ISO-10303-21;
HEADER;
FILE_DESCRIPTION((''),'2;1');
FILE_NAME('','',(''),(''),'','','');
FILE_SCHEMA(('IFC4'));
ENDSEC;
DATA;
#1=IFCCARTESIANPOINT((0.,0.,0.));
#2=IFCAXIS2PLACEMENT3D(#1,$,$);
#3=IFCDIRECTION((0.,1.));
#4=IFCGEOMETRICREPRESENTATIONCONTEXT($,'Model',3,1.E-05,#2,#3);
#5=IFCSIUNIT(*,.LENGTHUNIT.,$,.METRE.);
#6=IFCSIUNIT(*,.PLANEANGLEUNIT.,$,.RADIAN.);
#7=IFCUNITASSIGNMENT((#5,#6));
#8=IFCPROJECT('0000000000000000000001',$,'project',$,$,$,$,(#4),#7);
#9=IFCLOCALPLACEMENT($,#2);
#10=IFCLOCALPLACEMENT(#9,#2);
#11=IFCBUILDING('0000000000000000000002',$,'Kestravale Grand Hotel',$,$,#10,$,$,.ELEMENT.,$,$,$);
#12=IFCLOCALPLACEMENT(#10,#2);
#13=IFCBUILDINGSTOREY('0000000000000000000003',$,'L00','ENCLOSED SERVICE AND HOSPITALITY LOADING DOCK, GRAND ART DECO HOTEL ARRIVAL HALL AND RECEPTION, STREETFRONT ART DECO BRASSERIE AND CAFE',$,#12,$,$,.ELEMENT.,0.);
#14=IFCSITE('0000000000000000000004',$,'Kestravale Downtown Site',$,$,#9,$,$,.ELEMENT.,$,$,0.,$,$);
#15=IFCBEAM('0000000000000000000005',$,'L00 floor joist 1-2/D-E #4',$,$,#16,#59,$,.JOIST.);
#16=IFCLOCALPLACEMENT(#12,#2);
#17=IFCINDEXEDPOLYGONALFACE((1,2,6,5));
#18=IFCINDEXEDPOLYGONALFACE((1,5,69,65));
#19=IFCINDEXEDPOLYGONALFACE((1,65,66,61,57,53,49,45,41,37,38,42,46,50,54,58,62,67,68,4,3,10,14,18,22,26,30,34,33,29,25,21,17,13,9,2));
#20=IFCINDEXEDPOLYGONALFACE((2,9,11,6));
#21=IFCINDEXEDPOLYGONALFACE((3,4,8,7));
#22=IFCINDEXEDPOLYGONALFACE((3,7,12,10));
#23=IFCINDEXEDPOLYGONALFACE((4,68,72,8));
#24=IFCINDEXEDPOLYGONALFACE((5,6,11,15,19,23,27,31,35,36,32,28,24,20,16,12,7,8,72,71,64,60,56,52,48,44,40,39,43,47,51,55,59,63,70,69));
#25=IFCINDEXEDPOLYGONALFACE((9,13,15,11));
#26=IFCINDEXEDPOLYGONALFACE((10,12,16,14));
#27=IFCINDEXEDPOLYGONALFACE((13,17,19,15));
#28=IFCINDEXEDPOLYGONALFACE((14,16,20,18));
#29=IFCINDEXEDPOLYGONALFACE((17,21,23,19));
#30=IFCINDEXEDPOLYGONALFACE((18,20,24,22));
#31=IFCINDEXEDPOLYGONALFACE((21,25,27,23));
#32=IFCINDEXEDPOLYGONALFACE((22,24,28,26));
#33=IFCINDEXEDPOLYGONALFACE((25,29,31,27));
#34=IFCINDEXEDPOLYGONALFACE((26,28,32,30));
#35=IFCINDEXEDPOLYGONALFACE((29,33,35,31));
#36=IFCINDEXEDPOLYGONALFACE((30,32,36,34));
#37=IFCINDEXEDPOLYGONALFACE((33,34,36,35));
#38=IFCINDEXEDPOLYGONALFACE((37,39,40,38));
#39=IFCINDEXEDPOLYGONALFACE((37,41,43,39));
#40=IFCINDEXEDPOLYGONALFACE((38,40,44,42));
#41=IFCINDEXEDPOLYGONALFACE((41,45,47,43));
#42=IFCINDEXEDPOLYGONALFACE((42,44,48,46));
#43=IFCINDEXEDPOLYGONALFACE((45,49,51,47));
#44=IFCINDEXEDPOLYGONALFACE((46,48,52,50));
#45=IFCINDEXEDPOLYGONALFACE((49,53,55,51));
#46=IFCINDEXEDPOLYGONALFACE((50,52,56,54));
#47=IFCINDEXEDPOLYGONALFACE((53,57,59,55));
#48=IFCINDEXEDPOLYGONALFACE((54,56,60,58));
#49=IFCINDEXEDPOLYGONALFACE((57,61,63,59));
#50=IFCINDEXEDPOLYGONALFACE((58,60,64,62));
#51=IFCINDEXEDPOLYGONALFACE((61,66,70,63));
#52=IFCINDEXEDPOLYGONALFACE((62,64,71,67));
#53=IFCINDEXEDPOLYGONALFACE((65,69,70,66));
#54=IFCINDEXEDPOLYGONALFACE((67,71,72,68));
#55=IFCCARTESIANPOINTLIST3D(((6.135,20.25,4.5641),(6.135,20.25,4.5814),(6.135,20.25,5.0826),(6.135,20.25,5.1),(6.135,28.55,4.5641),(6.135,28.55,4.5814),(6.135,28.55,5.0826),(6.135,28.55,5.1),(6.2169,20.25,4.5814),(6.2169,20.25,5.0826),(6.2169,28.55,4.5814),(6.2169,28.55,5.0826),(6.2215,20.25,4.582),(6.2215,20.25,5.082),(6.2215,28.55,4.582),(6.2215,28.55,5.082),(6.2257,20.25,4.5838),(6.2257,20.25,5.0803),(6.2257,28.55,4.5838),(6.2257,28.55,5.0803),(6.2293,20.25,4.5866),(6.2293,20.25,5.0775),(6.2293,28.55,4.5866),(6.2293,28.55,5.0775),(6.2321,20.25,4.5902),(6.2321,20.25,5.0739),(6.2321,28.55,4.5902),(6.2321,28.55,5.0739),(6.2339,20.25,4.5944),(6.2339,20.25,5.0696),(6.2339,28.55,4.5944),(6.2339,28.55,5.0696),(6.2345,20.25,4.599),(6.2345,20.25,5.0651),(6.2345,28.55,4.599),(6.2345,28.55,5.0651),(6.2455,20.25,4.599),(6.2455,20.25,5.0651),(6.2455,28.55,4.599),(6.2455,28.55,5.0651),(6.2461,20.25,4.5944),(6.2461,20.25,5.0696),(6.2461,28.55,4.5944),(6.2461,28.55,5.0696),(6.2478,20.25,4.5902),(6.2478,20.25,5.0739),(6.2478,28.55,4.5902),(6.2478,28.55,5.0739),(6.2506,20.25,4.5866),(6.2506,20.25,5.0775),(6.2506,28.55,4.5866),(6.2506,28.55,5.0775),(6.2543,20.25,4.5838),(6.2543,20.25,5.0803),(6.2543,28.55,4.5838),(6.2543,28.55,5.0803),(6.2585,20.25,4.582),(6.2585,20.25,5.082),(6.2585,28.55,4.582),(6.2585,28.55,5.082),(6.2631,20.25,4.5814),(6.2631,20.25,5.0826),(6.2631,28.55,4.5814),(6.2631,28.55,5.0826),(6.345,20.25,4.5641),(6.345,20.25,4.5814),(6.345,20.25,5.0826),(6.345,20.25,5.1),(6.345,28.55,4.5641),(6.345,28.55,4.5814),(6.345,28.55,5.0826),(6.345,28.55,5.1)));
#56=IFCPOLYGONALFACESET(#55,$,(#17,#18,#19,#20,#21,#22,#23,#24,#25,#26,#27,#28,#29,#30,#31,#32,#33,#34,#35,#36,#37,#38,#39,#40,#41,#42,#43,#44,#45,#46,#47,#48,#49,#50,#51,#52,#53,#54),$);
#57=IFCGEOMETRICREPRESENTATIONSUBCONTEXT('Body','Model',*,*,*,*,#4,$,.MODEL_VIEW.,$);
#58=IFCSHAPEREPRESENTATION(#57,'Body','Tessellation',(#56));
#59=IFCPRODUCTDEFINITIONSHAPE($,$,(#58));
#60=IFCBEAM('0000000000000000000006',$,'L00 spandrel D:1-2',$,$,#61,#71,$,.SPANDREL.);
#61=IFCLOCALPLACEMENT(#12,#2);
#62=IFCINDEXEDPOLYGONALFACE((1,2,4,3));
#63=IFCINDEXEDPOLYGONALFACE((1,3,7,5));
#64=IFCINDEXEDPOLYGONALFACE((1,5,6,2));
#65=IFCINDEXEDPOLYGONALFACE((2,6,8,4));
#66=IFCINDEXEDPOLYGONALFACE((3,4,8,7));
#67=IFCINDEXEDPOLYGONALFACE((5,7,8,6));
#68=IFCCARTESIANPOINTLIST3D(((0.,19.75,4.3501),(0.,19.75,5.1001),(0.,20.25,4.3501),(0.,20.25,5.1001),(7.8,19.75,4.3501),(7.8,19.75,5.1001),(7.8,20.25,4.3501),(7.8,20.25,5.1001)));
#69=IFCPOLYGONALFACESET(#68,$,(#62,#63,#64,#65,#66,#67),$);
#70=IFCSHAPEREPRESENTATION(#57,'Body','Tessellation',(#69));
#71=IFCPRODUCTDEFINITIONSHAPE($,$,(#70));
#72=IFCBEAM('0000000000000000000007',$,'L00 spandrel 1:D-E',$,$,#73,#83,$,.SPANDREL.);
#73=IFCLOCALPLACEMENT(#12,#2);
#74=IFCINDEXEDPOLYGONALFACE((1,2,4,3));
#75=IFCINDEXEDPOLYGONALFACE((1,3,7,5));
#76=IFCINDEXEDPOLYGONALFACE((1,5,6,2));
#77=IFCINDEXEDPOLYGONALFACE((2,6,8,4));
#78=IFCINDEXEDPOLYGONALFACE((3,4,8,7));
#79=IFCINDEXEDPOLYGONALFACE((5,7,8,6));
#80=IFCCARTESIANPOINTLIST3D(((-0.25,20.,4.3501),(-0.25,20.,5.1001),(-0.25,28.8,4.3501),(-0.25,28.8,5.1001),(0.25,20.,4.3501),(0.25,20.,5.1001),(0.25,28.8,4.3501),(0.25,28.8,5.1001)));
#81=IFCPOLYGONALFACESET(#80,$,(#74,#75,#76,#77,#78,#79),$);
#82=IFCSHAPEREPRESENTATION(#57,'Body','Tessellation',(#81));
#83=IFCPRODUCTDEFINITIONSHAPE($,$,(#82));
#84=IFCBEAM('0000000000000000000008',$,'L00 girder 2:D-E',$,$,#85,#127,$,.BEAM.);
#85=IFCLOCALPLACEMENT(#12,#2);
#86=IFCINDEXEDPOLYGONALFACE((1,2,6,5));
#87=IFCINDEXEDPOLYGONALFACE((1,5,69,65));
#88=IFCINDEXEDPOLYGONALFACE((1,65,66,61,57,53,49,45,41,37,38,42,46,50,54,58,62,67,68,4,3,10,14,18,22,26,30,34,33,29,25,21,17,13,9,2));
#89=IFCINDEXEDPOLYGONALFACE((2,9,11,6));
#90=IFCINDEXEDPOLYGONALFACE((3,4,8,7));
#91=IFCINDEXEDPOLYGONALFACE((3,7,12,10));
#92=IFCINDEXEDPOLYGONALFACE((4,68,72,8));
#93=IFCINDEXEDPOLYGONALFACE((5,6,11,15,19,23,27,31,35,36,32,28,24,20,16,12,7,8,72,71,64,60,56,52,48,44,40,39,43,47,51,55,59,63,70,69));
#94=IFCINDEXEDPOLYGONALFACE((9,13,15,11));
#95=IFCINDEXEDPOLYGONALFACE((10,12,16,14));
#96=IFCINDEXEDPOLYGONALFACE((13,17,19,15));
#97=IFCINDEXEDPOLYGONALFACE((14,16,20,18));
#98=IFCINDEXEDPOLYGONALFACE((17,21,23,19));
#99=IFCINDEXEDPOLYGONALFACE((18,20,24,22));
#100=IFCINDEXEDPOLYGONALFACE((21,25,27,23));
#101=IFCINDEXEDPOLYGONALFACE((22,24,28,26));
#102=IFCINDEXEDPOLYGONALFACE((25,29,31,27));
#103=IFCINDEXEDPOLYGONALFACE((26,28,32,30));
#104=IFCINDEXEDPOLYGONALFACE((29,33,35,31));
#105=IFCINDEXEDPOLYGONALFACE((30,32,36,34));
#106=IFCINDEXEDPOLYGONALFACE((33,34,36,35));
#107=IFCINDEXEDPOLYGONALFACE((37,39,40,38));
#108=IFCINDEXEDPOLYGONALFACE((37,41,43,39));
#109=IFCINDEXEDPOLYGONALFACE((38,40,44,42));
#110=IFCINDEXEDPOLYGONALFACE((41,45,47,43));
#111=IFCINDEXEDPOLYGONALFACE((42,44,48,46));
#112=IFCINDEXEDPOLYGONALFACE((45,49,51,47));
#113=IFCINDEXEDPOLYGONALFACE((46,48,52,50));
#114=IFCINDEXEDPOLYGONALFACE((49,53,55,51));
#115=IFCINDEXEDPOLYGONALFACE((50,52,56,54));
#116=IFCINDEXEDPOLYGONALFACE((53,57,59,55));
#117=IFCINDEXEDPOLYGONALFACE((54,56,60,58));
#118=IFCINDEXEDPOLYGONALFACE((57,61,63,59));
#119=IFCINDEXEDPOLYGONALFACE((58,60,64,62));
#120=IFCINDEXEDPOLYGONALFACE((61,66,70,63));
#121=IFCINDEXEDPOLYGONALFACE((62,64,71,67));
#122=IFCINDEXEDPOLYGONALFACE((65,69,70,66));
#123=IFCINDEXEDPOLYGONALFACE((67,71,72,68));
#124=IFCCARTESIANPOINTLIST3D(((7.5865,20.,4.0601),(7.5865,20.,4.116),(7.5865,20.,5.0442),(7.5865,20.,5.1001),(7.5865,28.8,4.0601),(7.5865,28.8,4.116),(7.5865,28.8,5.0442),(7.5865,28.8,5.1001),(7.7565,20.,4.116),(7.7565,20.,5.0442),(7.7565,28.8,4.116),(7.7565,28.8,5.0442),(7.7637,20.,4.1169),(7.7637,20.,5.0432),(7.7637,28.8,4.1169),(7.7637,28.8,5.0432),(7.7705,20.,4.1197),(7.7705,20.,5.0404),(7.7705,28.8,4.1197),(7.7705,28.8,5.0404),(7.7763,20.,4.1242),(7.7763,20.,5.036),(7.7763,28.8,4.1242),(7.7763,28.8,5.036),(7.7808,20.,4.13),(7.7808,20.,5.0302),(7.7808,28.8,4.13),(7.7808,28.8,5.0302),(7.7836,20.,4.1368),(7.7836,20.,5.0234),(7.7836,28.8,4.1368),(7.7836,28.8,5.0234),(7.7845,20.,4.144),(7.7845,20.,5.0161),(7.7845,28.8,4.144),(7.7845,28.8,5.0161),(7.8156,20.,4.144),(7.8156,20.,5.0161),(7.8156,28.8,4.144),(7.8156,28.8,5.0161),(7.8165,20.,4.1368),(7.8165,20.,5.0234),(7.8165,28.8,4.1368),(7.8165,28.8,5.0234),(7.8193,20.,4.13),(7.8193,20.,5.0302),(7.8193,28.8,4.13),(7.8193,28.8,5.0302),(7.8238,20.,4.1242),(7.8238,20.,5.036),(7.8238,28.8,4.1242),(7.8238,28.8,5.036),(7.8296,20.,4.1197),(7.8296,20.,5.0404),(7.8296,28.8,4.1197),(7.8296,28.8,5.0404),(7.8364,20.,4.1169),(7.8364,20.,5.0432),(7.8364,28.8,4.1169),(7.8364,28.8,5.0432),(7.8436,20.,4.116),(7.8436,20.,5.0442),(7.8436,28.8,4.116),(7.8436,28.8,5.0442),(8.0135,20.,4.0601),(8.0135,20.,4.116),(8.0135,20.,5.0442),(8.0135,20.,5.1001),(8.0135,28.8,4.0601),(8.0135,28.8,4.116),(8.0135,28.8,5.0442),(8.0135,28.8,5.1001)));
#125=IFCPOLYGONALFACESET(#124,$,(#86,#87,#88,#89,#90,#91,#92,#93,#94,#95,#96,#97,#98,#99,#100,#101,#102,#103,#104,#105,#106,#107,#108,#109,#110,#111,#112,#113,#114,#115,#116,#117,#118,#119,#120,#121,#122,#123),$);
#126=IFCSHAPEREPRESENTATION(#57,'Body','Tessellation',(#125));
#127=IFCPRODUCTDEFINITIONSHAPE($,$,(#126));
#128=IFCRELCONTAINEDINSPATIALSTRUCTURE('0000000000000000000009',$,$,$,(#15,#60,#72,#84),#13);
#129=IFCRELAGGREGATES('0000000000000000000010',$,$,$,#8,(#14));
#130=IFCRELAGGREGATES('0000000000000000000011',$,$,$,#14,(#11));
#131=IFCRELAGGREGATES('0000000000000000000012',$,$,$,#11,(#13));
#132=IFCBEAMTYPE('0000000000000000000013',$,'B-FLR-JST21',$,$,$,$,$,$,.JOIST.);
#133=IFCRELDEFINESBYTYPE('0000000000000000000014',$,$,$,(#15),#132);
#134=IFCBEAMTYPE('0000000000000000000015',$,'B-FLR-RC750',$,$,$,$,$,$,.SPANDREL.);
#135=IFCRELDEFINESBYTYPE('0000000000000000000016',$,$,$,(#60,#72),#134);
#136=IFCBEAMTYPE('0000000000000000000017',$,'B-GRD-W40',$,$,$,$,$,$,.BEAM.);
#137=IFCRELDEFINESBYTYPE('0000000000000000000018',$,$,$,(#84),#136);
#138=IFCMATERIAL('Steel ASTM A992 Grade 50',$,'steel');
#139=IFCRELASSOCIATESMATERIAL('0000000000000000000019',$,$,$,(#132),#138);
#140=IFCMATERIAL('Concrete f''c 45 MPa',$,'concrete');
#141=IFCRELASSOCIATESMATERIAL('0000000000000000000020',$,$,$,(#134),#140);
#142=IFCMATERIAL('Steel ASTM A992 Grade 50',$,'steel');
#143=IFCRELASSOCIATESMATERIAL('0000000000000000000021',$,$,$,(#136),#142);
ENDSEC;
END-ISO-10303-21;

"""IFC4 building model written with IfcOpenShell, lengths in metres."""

from ifc_helpers import new_model, si_unit, direction, frame, origin, origin_2d, place, context, subcontext, project, spatial, rectangle, i_section, extrude, material, material_profile, profile_set, type_object, element, save


model = new_model("IFC4")

# Units and contexts
model_context = context("Model", 3, precision=1e-05, world=origin(), true_north=direction((0.0, 1.0)))
body_context = subcontext(model_context, "Body", "Model", "MODEL_VIEW")
ifc_project = project(units=[si_unit("LENGTHUNIT", "METRE"), si_unit("PLANEANGLEUNIT", "RADIAN")], contexts=[model_context])

# Site, building, storey
site_placement = place(None, origin())
site = spatial("IfcSite", under=ifc_project, at=site_placement, Name="Kestravale Downtown Site", CompositionType="ELEMENT", RefElevation=0.0)
building_placement = place(site_placement, origin())
building = spatial("IfcBuilding", under=site, at=building_placement, Name="Kestravale Grand Hotel", CompositionType="ELEMENT")
storey_placement = place(building_placement, origin())
storey = spatial("IfcBuildingStorey", under=building, at=storey_placement, Name="L00", Description="ENCLOSED SERVICE AND HOSPITALITY LOADING DOCK, GRAND ART DECO HOTEL ARRIVAL HALL AND RECEPTION, STREETFRONT ART DECO BRASSERIE AND CAFE", CompositionType="ELEMENT", Elevation=0.0)

# Beams
ifc_material_1 = material(Name="Steel ASTM A992 Grade 50", Category="steel")
ifc_material_profile_1 = material_profile(ifc_material_1, i_section(OverallWidth=0.21, OverallDepth=0.5359, WebThickness=0.011, FlangeThickness=0.0173, FilletRadius=0.0176, at=origin_2d()))
ifc_profile_set_1 = profile_set([ifc_material_profile_1], Name="Steel ASTM A992 Grade 50")
beam_type_1 = type_object("IfcBeamType", Name="B-FLR-JST21", PredefinedType="JOIST", material=ifc_profile_set_1)
for number, where, z_axis, x_axis, name in (
    (1, (6.24, 20.25, 4.832), (0.0, 1.0, 0.0), (-1.0, 0.0, 0.0), "L00 floor joist 1-2/D-E #4"),
):
    element("IfcBeam", number, at=place(storey_placement, frame(where, z_axis=z_axis, x_axis=x_axis)), inside=storey, type_object=beam_type_1, Name=name, PredefinedType="JOIST", context=body_context, shape_type="SweptSolid", body=[
        extrude(i_section(OverallWidth=0.21, OverallDepth=0.5359, WebThickness=0.011, FlangeThickness=0.0173, FilletRadius=0.0176, at=origin_2d()), origin(), (0.0, 0.0, 1.0), 8.3),
    ])
ifc_material_2 = material(Name="Concrete f'c 45 MPa", Category="concrete")
ifc_material_profile_2 = material_profile(ifc_material_2, rectangle(XDim=0.5, YDim=0.75, at=origin_2d()))
ifc_profile_set_2 = profile_set([ifc_material_profile_2], Name="Concrete f'c 45 MPa")
beam_type_2 = type_object("IfcBeamType", Name="B-FLR-RC750", PredefinedType="SPANDREL", material=ifc_profile_set_2)
beam_1_placement = place(storey_placement, frame((0.0, 20.0, 4.7251), z_axis=(1.0, 0.0, 0.0), x_axis=(0.0, 1.0, 0.0)))
element("IfcBeam", 2, at=beam_1_placement, inside=storey, type_object=beam_type_2, Name="L00 spandrel D:1-2", PredefinedType="SPANDREL", context=body_context, shape_type="SweptSolid", body=[
    extrude(rectangle(XDim=0.5, YDim=0.75, at=origin_2d()), origin(), (0.0, 0.0, 1.0), 7.8),
])
beam_2_placement = place(storey_placement, frame((0.0, 20.0, 4.7251), z_axis=(0.0, 1.0, 0.0), x_axis=(-1.0, 0.0, 0.0)))
element("IfcBeam", 3, at=beam_2_placement, inside=storey, type_object=beam_type_2, Name="L00 spandrel 1:D-E", PredefinedType="SPANDREL", context=body_context, shape_type="SweptSolid", body=[
    extrude(rectangle(XDim=0.5, YDim=0.75, at=origin_2d()), origin(), (0.0, 0.0, 1.0), 8.8),
])
ifc_material_3 = material(Name="Steel ASTM A992 Grade 50", Category="steel")
ifc_material_profile_3 = material_profile(ifc_material_3, i_section(OverallWidth=0.427, OverallDepth=1.04, WebThickness=0.031, FlangeThickness=0.0559, FilletRadius=0.0281, at=origin_2d()))
ifc_profile_set_3 = profile_set([ifc_material_profile_3], Name="Steel ASTM A992 Grade 50")
beam_type_3 = type_object("IfcBeamType", Name="B-GRD-W40", PredefinedType="BEAM", material=ifc_profile_set_3)
beam_3_placement = place(storey_placement, frame((7.8, 20.0, 4.5801), z_axis=(0.0, 1.0, 0.0), x_axis=(-1.0, 0.0, 0.0)))
element("IfcBeam", 4, at=beam_3_placement, inside=storey, type_object=beam_type_3, Name="L00 girder 2:D-E", PredefinedType="BEAM", context=body_context, shape_type="SweptSolid", body=[
    extrude(i_section(OverallWidth=0.427, OverallDepth=1.04, WebThickness=0.031, FlangeThickness=0.0559, FilletRadius=0.0281, at=origin_2d()), origin(), (0.0, 0.0, 1.0), 8.8),
])

save(model, "model.ifc")
